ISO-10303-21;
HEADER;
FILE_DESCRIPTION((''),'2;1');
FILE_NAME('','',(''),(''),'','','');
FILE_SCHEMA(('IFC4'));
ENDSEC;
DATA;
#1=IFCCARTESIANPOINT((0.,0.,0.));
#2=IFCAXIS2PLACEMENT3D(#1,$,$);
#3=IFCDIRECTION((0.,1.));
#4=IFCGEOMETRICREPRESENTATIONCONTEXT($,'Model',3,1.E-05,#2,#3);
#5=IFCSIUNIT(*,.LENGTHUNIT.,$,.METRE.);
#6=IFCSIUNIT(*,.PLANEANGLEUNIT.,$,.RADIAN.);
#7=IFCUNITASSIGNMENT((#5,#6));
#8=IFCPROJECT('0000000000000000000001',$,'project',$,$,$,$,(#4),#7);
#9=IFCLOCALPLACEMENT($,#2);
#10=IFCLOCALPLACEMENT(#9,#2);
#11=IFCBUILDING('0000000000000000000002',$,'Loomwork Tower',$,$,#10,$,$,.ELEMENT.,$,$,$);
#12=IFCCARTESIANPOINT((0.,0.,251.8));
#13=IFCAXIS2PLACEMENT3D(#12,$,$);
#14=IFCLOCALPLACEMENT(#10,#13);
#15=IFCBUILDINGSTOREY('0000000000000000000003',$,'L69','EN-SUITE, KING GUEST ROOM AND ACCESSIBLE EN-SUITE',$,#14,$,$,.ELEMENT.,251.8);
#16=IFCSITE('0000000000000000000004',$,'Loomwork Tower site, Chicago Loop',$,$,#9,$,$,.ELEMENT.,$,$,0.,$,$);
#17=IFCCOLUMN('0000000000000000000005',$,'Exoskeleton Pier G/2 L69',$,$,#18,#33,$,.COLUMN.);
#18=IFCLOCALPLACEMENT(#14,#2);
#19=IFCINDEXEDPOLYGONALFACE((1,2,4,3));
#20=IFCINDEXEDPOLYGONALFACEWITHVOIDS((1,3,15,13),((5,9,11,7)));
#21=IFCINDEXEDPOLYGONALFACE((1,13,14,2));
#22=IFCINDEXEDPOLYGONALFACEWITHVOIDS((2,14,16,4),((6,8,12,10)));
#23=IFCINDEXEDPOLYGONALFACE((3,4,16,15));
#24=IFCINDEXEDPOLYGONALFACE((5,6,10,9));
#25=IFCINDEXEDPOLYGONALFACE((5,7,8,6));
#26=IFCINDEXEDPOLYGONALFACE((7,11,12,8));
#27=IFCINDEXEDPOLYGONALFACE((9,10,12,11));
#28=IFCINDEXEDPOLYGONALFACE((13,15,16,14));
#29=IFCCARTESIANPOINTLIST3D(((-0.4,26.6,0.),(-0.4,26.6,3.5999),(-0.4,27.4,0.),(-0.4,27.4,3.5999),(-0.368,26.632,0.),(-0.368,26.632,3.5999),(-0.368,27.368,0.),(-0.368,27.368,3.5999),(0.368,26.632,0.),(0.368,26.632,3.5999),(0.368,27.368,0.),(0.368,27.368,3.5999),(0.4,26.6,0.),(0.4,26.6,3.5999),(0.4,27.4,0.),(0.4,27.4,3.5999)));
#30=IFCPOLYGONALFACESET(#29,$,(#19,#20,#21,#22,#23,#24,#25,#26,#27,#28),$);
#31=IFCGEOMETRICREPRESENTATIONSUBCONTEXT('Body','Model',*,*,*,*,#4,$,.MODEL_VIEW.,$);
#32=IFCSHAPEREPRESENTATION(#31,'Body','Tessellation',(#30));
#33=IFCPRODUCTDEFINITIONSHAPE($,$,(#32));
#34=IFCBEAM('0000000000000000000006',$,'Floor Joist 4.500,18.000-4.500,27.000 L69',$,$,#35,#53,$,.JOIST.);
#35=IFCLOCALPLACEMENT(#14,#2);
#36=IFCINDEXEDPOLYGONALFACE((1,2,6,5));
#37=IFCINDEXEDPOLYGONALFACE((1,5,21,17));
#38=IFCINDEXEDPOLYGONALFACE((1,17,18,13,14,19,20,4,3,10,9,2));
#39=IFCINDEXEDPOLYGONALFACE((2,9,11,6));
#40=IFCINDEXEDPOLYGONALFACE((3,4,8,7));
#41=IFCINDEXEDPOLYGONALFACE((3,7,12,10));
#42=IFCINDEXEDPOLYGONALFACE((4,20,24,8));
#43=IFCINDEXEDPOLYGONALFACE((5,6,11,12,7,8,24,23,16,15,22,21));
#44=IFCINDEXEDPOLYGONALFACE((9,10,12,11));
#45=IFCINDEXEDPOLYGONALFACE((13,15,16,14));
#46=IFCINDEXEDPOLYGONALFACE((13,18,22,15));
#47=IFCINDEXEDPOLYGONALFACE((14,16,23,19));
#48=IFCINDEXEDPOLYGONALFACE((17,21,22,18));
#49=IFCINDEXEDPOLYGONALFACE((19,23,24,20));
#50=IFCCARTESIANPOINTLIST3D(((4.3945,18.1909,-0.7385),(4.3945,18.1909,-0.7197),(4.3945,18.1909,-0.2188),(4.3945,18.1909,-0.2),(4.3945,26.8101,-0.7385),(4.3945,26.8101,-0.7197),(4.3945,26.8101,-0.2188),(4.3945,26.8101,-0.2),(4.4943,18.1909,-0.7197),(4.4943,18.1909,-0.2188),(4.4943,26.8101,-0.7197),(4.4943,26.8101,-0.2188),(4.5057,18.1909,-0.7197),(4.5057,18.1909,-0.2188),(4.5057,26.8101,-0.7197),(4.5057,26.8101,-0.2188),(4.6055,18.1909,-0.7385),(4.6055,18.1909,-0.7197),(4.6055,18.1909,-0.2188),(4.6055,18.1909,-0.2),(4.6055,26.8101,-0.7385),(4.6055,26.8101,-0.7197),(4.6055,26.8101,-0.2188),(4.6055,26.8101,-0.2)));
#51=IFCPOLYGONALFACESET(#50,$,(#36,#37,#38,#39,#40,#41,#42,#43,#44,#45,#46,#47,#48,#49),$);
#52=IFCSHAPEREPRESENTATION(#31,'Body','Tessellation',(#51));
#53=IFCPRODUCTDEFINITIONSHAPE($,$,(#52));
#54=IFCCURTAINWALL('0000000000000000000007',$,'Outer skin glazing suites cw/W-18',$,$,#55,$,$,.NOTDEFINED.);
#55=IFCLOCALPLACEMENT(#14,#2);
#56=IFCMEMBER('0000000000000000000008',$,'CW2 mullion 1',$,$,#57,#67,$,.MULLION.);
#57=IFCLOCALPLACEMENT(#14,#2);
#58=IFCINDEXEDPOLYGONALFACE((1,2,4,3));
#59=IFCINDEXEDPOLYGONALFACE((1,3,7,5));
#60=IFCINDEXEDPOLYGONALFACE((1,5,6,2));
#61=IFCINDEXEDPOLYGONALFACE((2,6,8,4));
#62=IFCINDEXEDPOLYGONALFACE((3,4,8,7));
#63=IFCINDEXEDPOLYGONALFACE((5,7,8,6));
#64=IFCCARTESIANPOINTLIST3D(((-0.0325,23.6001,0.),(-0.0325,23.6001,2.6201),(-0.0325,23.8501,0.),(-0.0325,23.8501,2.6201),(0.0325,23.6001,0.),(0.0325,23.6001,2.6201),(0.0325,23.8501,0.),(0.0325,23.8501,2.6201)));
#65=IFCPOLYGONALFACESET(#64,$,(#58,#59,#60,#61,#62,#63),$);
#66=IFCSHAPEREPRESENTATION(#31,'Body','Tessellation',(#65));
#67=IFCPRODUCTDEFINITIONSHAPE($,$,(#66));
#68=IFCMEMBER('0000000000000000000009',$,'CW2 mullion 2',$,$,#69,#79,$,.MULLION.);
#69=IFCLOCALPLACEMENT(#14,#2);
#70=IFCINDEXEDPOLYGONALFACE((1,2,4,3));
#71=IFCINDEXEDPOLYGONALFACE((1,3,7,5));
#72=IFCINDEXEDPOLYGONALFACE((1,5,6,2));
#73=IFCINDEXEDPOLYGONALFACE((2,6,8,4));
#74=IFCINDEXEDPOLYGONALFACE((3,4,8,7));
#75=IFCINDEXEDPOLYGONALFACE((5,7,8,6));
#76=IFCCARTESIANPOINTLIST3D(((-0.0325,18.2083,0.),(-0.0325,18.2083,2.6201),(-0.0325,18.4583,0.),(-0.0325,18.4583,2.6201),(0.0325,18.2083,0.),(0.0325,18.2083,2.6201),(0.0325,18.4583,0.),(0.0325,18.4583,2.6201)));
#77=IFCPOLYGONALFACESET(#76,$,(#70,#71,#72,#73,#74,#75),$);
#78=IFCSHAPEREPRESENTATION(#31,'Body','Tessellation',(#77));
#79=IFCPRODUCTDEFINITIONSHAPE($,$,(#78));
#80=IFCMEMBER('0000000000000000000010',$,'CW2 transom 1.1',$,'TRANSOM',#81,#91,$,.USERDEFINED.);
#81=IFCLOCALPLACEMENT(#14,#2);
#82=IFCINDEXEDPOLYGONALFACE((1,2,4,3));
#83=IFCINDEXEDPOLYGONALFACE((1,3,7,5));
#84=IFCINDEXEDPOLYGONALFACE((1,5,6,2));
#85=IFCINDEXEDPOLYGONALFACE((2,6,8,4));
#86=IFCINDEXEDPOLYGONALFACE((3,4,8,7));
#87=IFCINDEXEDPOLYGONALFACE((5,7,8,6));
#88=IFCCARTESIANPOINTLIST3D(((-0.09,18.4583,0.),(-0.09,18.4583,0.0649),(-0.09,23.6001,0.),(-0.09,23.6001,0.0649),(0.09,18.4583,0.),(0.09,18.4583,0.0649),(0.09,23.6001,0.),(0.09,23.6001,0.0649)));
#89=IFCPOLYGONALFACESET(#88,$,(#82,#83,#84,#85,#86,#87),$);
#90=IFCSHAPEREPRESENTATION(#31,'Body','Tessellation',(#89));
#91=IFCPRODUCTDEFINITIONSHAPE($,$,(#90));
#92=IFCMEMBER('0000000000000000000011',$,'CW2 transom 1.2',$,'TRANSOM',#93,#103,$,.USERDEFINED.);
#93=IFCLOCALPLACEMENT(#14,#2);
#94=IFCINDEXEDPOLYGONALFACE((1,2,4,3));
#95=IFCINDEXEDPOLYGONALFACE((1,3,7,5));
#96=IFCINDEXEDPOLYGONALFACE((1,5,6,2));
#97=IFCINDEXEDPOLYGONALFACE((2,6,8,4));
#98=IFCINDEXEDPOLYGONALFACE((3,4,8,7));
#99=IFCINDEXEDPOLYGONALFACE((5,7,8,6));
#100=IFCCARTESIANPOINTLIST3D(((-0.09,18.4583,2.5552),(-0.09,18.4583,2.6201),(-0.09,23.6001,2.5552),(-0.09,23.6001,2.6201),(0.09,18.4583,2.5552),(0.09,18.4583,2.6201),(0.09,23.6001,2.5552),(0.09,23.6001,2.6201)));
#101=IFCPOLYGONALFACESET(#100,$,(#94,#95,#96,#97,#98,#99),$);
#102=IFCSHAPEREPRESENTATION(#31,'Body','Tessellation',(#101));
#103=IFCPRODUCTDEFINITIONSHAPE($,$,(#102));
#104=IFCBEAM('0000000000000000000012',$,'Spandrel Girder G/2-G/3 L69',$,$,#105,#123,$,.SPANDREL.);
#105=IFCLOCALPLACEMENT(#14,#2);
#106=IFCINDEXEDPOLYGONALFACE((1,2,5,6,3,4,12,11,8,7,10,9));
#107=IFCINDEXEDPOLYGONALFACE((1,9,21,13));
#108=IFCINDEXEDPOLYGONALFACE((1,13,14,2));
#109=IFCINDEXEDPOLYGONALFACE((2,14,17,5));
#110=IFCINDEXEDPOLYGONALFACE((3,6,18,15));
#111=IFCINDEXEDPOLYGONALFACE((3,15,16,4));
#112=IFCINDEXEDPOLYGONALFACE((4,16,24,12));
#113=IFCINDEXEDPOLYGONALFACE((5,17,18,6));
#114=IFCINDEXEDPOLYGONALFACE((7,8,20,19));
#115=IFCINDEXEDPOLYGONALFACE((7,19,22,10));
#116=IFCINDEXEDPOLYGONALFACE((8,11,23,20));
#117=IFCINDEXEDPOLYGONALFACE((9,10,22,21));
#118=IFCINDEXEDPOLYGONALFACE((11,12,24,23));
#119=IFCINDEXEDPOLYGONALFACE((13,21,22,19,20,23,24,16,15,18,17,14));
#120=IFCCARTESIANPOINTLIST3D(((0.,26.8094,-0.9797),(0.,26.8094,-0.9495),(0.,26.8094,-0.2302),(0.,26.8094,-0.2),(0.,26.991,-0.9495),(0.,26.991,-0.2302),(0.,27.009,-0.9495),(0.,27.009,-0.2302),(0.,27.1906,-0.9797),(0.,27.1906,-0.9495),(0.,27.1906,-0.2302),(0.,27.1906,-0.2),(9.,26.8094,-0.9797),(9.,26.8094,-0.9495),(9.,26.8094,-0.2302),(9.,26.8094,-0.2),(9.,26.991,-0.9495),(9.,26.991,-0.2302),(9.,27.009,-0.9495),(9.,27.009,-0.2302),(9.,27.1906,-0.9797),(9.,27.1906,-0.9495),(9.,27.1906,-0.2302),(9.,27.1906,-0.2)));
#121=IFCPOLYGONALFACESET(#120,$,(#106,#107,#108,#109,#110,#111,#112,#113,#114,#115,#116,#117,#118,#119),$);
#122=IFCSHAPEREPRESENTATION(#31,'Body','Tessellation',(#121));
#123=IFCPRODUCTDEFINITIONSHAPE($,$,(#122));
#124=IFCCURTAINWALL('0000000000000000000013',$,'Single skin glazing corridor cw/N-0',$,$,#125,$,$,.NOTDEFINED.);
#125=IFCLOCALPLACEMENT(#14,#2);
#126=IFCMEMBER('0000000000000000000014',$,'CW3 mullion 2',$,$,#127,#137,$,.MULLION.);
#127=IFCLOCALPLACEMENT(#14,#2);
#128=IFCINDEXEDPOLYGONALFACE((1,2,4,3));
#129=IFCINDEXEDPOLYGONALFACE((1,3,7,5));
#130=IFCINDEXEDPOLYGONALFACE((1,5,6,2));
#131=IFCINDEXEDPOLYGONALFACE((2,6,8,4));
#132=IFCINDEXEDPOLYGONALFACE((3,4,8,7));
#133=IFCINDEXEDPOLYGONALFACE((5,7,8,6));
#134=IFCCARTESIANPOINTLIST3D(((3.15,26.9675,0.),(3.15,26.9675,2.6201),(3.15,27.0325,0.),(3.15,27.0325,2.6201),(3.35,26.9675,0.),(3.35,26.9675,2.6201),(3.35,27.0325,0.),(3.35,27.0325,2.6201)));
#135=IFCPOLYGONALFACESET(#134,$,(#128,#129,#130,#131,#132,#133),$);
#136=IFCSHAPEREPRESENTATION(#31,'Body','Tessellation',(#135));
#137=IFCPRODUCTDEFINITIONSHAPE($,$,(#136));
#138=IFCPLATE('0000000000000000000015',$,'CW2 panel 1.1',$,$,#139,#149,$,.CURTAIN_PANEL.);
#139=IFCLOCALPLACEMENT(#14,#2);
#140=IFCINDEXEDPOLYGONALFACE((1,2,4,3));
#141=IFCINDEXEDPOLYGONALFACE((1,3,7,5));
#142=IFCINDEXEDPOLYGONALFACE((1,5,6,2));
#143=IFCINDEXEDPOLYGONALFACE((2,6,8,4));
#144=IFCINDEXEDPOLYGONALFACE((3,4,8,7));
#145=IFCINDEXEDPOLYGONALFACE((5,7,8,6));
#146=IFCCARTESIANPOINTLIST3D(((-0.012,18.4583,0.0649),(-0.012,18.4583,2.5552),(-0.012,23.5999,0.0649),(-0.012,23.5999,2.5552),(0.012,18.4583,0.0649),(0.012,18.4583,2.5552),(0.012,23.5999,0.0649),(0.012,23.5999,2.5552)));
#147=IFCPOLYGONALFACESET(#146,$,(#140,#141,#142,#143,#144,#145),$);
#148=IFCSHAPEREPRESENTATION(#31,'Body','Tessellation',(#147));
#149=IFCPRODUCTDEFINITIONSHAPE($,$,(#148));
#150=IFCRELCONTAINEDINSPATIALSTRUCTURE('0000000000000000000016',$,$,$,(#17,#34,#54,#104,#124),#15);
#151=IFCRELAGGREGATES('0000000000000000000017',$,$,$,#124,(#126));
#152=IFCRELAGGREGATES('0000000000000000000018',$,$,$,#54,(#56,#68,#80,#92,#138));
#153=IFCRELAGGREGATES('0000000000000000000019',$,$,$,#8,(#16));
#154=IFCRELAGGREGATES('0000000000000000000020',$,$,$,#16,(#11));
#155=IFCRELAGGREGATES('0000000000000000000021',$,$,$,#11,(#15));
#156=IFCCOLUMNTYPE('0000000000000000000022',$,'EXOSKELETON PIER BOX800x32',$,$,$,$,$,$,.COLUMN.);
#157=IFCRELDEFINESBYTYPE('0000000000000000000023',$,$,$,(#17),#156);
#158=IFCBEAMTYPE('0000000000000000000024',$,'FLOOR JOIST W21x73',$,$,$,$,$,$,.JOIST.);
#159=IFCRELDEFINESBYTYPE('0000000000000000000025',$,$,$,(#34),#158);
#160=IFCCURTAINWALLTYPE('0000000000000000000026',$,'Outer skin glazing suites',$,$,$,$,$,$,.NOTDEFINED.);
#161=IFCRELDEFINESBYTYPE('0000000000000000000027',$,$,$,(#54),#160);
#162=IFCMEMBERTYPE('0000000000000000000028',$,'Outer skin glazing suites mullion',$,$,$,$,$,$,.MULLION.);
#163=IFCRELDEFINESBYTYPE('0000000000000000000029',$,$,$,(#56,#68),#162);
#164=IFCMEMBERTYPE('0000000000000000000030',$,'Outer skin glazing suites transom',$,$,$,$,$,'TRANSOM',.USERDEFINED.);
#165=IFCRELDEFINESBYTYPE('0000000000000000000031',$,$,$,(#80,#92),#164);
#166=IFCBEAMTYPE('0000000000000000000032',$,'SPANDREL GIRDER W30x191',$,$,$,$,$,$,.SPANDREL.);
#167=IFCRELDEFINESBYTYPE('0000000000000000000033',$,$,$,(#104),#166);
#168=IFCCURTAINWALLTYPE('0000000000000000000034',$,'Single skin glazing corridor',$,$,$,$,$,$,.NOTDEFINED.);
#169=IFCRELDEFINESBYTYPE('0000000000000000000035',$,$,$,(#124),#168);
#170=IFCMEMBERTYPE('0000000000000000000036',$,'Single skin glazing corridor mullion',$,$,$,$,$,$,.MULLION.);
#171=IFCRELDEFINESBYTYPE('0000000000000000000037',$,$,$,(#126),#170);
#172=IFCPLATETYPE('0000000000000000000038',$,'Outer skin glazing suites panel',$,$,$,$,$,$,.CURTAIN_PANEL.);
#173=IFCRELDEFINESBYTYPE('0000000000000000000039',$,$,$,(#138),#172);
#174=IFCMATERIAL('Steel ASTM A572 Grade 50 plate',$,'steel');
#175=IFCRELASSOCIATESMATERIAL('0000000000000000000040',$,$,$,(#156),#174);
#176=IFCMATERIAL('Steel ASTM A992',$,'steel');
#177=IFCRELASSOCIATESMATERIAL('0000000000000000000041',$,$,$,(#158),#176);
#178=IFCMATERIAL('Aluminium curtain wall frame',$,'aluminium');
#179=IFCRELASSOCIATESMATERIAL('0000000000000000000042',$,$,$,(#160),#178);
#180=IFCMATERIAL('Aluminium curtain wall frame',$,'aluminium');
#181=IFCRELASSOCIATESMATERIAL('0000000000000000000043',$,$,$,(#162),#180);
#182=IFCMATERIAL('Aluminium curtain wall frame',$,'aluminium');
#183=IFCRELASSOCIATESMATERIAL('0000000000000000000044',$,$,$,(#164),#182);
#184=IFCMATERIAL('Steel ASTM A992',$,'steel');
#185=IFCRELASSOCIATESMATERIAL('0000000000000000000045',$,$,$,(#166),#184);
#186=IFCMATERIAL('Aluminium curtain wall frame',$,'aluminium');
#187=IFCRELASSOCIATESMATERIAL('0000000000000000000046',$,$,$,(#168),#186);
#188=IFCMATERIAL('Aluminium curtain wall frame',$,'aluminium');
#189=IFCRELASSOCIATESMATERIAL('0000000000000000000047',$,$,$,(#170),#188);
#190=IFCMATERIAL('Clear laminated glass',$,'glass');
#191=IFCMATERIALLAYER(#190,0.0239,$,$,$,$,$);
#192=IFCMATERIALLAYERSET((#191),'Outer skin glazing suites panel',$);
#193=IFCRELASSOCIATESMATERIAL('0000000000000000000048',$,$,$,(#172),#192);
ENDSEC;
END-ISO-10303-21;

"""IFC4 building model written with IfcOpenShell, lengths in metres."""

from ifc_helpers import new_model, si_unit, direction, frame, origin, origin_2d, place, context, subcontext, project, spatial, rectangle, hollow_rectangle, i_section, extrude, material, layer, layer_set, material_profile, profile_set, type_object, element, aggregate, save


model = new_model("IFC4")

# Units and contexts
model_context = context("Model", 3, precision=1e-05, world=origin(), true_north=direction((0.0, 1.0)))
body_context = subcontext(model_context, "Body", "Model", "MODEL_VIEW")
ifc_project = project(units=[si_unit("LENGTHUNIT", "METRE"), si_unit("PLANEANGLEUNIT", "RADIAN")], contexts=[model_context])

# Site, building, storey
site_placement = place(None, origin())
site = spatial("IfcSite", under=ifc_project, at=site_placement, Name="Loomwork Tower site, Chicago Loop", CompositionType="ELEMENT", RefElevation=0.0)
building_placement = place(site_placement, origin())
building = spatial("IfcBuilding", under=site, at=building_placement, Name="Loomwork Tower", CompositionType="ELEMENT")
storey_placement = place(building_placement, frame((0.0, 0.0, 251.8)))
storey = spatial("IfcBuildingStorey", under=building, at=storey_placement, Name="L69", Description="EN-SUITE, KING GUEST ROOM AND ACCESSIBLE EN-SUITE", CompositionType="ELEMENT", Elevation=251.8)

# Column
ifc_material_1 = material(Name="Steel ASTM A572 Grade 50 plate", Category="steel")
ifc_material_profile_1 = material_profile(ifc_material_1, hollow_rectangle(XDim=0.8, YDim=0.8, WallThickness=0.032, at=origin_2d()), Name="BOX800x32")
ifc_profile_set_1 = profile_set([ifc_material_profile_1], Name="Steel ASTM A572 Grade 50 plate")
column_type = type_object("IfcColumnType", Name="EXOSKELETON PIER BOX800x32", PredefinedType="COLUMN", material=ifc_profile_set_1)
column_placement = place(storey_placement, frame((0.0, 27.0, 0.0), z_axis=(0.0, 0.0, 1.0), x_axis=(0.0, 1.0, 0.0)))
element("IfcColumn", 1, at=column_placement, inside=storey, type_object=column_type, Name="Exoskeleton Pier G/2 L69", PredefinedType="COLUMN", context=body_context, shape_type="SweptSolid", body=[
    extrude(hollow_rectangle(XDim=0.8, YDim=0.8, WallThickness=0.032, at=origin_2d()), origin(), (0.0, 0.0, 1.0), 3.5999),
])

# Beam
ifc_material_2 = material(Name="Steel ASTM A992", Category="steel")
ifc_material_profile_2 = material_profile(ifc_material_2, i_section(OverallWidth=0.2109, OverallDepth=0.5386, WebThickness=0.0115, FlangeThickness=0.0188, at=origin_2d()), Name="W21x73")
ifc_profile_set_2 = profile_set([ifc_material_profile_2], Name="Steel ASTM A992")
beam_type_1 = type_object("IfcBeamType", Name="FLOOR JOIST W21x73", PredefinedType="JOIST", material=ifc_profile_set_2)
beam_1_placement = place(storey_placement, frame((4.5, 18.1909, -0.4692), z_axis=(0.0, 1.0, 0.0), x_axis=(-1.0, 0.0, 0.0)))
element("IfcBeam", 2, at=beam_1_placement, inside=storey, type_object=beam_type_1, Name="Floor Joist 4.500,18.000-4.500,27.000 L69", PredefinedType="JOIST", context=body_context, shape_type="SweptSolid", body=[
    extrude(i_section(OverallWidth=0.2109, OverallDepth=0.5386, WebThickness=0.0115, FlangeThickness=0.0188, at=origin_2d()), origin(), (0.0, 0.0, 1.0), 8.6191),
])

# Curtain wall, members
ifc_material_3 = material(Name="Aluminium curtain wall frame", Category="aluminium")
curtain_wall_type_1 = type_object("IfcCurtainWallType", Name="Outer skin glazing suites", PredefinedType="NOTDEFINED", material=ifc_material_3)
curtain_wall_1_placement = place(storey_placement, origin())
curtain_wall_1 = element("IfcCurtainWall", 3, at=curtain_wall_1_placement, inside=storey, type_object=curtain_wall_type_1, Name="Outer skin glazing suites cw/W-18", PredefinedType="NOTDEFINED")
ifc_material_4 = material(Name="Aluminium curtain wall frame", Category="aluminium")
ifc_material_profile_3 = material_profile(ifc_material_4, rectangle(XDim=0.0649, YDim=0.25, at=origin_2d()), Name="AL 65x250")
ifc_profile_set_3 = profile_set([ifc_material_profile_3], Name="Aluminium curtain wall frame")
member_type_1 = type_object("IfcMemberType", Name="Outer skin glazing suites mullion", PredefinedType="MULLION", material=ifc_profile_set_3)
member_1_placement = place(storey_placement, frame((0.0, 23.7251, 0.0), z_axis=(0.0, 0.0, 1.0), x_axis=(1.0, 0.0, 0.0)))
member_1 = element("IfcMember", 4, at=member_1_placement, type_object=member_type_1, Name="CW2 mullion 1", PredefinedType="MULLION", context=body_context, shape_type="SweptSolid", body=[
    extrude(rectangle(XDim=0.0649, YDim=0.25, at=origin_2d()), origin(), (0.0, 0.0, 1.0), 2.6201),
])
member_2_placement = place(storey_placement, frame((0.0, 18.3333, 0.0), z_axis=(0.0, 0.0, 1.0), x_axis=(1.0, 0.0, 0.0)))
member_2 = element("IfcMember", 5, at=member_2_placement, type_object=member_type_1, Name="CW2 mullion 2", PredefinedType="MULLION", context=body_context, shape_type="SweptSolid", body=[
    extrude(rectangle(XDim=0.0649, YDim=0.25, at=origin_2d()), origin(), (0.0, 0.0, 1.0), 2.6201),
])
ifc_material_5 = material(Name="Aluminium curtain wall frame", Category="aluminium")
ifc_material_profile_4 = material_profile(ifc_material_5, rectangle(XDim=0.1799, YDim=0.0649, at=origin_2d()), Name="AL 65x180")
ifc_profile_set_4 = profile_set([ifc_material_profile_4], Name="Aluminium curtain wall frame")
member_type_2 = type_object("IfcMemberType", Name="Outer skin glazing suites transom", ElementType="TRANSOM", PredefinedType="USERDEFINED", material=ifc_profile_set_4)
member_3_placement = place(storey_placement, frame((0.0, 23.6001, 0.0325), z_axis=(0.0, -1.0, 0.0), x_axis=(1.0, 0.0, 0.0)))
member_3 = element("IfcMember", 6, at=member_3_placement, type_object=member_type_2, Name="CW2 transom 1.1", ObjectType="TRANSOM", PredefinedType="USERDEFINED", context=body_context, shape_type="SweptSolid", body=[
    extrude(rectangle(XDim=0.1799, YDim=0.0649, at=origin_2d()), origin(), (0.0, 0.0, 1.0), 5.1418),
])
member_4_placement = place(storey_placement, frame((0.0, 23.6001, 2.5876), z_axis=(0.0, -1.0, 0.0), x_axis=(1.0, 0.0, 0.0)))
member_4 = element("IfcMember", 7, at=member_4_placement, type_object=member_type_2, Name="CW2 transom 1.2", ObjectType="TRANSOM", PredefinedType="USERDEFINED", context=body_context, shape_type="SweptSolid", body=[
    extrude(rectangle(XDim=0.1799, YDim=0.0649, at=origin_2d()), origin(), (0.0, 0.0, 1.0), 5.1418),
])

# Beam
ifc_material_6 = material(Name="Steel ASTM A992", Category="steel")
ifc_material_profile_5 = material_profile(ifc_material_6, i_section(OverallWidth=0.3811, OverallDepth=0.7798, WebThickness=0.0181, FlangeThickness=0.0303, at=origin_2d()), Name="W30x191")
ifc_profile_set_5 = profile_set([ifc_material_profile_5], Name="Steel ASTM A992")
beam_type_2 = type_object("IfcBeamType", Name="SPANDREL GIRDER W30x191", PredefinedType="SPANDREL", material=ifc_profile_set_5)
beam_2_placement = place(storey_placement, frame((0.0, 27.0, -0.5898), z_axis=(1.0, 0.0, 0.0), x_axis=(0.0, 1.0, 0.0)))
element("IfcBeam", 8, at=beam_2_placement, inside=storey, type_object=beam_type_2, Name="Spandrel Girder G/2-G/3 L69", PredefinedType="SPANDREL", context=body_context, shape_type="SweptSolid", body=[
    extrude(i_section(OverallWidth=0.3811, OverallDepth=0.7798, WebThickness=0.0181, FlangeThickness=0.0303, at=origin_2d()), origin(), (0.0, 0.0, 1.0), 9.0),
])

# Curtain wall, member
ifc_material_7 = material(Name="Aluminium curtain wall frame", Category="aluminium")
curtain_wall_type_2 = type_object("IfcCurtainWallType", Name="Single skin glazing corridor", PredefinedType="NOTDEFINED", material=ifc_material_7)
curtain_wall_2_placement = place(storey_placement, origin())
curtain_wall_2 = element("IfcCurtainWall", 9, at=curtain_wall_2_placement, inside=storey, type_object=curtain_wall_type_2, Name="Single skin glazing corridor cw/N-0", PredefinedType="NOTDEFINED")
ifc_material_8 = material(Name="Aluminium curtain wall frame", Category="aluminium")
ifc_material_profile_6 = material_profile(ifc_material_8, rectangle(XDim=0.0649, YDim=0.2, at=origin_2d()), Name="AL 65x200")
ifc_profile_set_6 = profile_set([ifc_material_profile_6], Name="Aluminium curtain wall frame")
member_type_3 = type_object("IfcMemberType", Name="Single skin glazing corridor mullion", PredefinedType="MULLION", material=ifc_profile_set_6)
member_5_placement = place(storey_placement, frame((3.25, 27.0, 0.0), z_axis=(0.0, 0.0, 1.0), x_axis=(0.0, -1.0, 0.0)))
member_5 = element("IfcMember", 10, at=member_5_placement, type_object=member_type_3, Name="CW3 mullion 2", PredefinedType="MULLION", context=body_context, shape_type="SweptSolid", body=[
    extrude(rectangle(XDim=0.0649, YDim=0.2, at=origin_2d()), origin(), (0.0, 0.0, 1.0), 2.6201),
])
aggregate(curtain_wall_2, [member_5])

# Plate
ifc_material_9 = material(Name="Clear laminated glass", Category="glass")
ifc_layer_1 = layer(ifc_material_9, 0.0239)
ifc_layer_set_1 = layer_set([ifc_layer_1], Name="Outer skin glazing suites panel")
plate_type = type_object("IfcPlateType", Name="Outer skin glazing suites panel", PredefinedType="CURTAIN_PANEL", material=ifc_layer_set_1)
plate_placement = place(storey_placement, frame((0.0, 21.0291, 0.0649), z_axis=(0.0, 0.0, 1.0), x_axis=(0.0, -1.0, 0.0)))
plate = element("IfcPlate", 11, at=plate_placement, type_object=plate_type, Name="CW2 panel 1.1", PredefinedType="CURTAIN_PANEL", context=body_context, shape_type="SweptSolid", body=[
    extrude(rectangle(XDim=5.1416, YDim=0.0239, at=origin_2d()), origin(), (0.0, 0.0, 1.0), 2.4902),
])
aggregate(curtain_wall_1, [member_1, member_2, member_3, member_4, plate])

save(model, "model.ifc")
